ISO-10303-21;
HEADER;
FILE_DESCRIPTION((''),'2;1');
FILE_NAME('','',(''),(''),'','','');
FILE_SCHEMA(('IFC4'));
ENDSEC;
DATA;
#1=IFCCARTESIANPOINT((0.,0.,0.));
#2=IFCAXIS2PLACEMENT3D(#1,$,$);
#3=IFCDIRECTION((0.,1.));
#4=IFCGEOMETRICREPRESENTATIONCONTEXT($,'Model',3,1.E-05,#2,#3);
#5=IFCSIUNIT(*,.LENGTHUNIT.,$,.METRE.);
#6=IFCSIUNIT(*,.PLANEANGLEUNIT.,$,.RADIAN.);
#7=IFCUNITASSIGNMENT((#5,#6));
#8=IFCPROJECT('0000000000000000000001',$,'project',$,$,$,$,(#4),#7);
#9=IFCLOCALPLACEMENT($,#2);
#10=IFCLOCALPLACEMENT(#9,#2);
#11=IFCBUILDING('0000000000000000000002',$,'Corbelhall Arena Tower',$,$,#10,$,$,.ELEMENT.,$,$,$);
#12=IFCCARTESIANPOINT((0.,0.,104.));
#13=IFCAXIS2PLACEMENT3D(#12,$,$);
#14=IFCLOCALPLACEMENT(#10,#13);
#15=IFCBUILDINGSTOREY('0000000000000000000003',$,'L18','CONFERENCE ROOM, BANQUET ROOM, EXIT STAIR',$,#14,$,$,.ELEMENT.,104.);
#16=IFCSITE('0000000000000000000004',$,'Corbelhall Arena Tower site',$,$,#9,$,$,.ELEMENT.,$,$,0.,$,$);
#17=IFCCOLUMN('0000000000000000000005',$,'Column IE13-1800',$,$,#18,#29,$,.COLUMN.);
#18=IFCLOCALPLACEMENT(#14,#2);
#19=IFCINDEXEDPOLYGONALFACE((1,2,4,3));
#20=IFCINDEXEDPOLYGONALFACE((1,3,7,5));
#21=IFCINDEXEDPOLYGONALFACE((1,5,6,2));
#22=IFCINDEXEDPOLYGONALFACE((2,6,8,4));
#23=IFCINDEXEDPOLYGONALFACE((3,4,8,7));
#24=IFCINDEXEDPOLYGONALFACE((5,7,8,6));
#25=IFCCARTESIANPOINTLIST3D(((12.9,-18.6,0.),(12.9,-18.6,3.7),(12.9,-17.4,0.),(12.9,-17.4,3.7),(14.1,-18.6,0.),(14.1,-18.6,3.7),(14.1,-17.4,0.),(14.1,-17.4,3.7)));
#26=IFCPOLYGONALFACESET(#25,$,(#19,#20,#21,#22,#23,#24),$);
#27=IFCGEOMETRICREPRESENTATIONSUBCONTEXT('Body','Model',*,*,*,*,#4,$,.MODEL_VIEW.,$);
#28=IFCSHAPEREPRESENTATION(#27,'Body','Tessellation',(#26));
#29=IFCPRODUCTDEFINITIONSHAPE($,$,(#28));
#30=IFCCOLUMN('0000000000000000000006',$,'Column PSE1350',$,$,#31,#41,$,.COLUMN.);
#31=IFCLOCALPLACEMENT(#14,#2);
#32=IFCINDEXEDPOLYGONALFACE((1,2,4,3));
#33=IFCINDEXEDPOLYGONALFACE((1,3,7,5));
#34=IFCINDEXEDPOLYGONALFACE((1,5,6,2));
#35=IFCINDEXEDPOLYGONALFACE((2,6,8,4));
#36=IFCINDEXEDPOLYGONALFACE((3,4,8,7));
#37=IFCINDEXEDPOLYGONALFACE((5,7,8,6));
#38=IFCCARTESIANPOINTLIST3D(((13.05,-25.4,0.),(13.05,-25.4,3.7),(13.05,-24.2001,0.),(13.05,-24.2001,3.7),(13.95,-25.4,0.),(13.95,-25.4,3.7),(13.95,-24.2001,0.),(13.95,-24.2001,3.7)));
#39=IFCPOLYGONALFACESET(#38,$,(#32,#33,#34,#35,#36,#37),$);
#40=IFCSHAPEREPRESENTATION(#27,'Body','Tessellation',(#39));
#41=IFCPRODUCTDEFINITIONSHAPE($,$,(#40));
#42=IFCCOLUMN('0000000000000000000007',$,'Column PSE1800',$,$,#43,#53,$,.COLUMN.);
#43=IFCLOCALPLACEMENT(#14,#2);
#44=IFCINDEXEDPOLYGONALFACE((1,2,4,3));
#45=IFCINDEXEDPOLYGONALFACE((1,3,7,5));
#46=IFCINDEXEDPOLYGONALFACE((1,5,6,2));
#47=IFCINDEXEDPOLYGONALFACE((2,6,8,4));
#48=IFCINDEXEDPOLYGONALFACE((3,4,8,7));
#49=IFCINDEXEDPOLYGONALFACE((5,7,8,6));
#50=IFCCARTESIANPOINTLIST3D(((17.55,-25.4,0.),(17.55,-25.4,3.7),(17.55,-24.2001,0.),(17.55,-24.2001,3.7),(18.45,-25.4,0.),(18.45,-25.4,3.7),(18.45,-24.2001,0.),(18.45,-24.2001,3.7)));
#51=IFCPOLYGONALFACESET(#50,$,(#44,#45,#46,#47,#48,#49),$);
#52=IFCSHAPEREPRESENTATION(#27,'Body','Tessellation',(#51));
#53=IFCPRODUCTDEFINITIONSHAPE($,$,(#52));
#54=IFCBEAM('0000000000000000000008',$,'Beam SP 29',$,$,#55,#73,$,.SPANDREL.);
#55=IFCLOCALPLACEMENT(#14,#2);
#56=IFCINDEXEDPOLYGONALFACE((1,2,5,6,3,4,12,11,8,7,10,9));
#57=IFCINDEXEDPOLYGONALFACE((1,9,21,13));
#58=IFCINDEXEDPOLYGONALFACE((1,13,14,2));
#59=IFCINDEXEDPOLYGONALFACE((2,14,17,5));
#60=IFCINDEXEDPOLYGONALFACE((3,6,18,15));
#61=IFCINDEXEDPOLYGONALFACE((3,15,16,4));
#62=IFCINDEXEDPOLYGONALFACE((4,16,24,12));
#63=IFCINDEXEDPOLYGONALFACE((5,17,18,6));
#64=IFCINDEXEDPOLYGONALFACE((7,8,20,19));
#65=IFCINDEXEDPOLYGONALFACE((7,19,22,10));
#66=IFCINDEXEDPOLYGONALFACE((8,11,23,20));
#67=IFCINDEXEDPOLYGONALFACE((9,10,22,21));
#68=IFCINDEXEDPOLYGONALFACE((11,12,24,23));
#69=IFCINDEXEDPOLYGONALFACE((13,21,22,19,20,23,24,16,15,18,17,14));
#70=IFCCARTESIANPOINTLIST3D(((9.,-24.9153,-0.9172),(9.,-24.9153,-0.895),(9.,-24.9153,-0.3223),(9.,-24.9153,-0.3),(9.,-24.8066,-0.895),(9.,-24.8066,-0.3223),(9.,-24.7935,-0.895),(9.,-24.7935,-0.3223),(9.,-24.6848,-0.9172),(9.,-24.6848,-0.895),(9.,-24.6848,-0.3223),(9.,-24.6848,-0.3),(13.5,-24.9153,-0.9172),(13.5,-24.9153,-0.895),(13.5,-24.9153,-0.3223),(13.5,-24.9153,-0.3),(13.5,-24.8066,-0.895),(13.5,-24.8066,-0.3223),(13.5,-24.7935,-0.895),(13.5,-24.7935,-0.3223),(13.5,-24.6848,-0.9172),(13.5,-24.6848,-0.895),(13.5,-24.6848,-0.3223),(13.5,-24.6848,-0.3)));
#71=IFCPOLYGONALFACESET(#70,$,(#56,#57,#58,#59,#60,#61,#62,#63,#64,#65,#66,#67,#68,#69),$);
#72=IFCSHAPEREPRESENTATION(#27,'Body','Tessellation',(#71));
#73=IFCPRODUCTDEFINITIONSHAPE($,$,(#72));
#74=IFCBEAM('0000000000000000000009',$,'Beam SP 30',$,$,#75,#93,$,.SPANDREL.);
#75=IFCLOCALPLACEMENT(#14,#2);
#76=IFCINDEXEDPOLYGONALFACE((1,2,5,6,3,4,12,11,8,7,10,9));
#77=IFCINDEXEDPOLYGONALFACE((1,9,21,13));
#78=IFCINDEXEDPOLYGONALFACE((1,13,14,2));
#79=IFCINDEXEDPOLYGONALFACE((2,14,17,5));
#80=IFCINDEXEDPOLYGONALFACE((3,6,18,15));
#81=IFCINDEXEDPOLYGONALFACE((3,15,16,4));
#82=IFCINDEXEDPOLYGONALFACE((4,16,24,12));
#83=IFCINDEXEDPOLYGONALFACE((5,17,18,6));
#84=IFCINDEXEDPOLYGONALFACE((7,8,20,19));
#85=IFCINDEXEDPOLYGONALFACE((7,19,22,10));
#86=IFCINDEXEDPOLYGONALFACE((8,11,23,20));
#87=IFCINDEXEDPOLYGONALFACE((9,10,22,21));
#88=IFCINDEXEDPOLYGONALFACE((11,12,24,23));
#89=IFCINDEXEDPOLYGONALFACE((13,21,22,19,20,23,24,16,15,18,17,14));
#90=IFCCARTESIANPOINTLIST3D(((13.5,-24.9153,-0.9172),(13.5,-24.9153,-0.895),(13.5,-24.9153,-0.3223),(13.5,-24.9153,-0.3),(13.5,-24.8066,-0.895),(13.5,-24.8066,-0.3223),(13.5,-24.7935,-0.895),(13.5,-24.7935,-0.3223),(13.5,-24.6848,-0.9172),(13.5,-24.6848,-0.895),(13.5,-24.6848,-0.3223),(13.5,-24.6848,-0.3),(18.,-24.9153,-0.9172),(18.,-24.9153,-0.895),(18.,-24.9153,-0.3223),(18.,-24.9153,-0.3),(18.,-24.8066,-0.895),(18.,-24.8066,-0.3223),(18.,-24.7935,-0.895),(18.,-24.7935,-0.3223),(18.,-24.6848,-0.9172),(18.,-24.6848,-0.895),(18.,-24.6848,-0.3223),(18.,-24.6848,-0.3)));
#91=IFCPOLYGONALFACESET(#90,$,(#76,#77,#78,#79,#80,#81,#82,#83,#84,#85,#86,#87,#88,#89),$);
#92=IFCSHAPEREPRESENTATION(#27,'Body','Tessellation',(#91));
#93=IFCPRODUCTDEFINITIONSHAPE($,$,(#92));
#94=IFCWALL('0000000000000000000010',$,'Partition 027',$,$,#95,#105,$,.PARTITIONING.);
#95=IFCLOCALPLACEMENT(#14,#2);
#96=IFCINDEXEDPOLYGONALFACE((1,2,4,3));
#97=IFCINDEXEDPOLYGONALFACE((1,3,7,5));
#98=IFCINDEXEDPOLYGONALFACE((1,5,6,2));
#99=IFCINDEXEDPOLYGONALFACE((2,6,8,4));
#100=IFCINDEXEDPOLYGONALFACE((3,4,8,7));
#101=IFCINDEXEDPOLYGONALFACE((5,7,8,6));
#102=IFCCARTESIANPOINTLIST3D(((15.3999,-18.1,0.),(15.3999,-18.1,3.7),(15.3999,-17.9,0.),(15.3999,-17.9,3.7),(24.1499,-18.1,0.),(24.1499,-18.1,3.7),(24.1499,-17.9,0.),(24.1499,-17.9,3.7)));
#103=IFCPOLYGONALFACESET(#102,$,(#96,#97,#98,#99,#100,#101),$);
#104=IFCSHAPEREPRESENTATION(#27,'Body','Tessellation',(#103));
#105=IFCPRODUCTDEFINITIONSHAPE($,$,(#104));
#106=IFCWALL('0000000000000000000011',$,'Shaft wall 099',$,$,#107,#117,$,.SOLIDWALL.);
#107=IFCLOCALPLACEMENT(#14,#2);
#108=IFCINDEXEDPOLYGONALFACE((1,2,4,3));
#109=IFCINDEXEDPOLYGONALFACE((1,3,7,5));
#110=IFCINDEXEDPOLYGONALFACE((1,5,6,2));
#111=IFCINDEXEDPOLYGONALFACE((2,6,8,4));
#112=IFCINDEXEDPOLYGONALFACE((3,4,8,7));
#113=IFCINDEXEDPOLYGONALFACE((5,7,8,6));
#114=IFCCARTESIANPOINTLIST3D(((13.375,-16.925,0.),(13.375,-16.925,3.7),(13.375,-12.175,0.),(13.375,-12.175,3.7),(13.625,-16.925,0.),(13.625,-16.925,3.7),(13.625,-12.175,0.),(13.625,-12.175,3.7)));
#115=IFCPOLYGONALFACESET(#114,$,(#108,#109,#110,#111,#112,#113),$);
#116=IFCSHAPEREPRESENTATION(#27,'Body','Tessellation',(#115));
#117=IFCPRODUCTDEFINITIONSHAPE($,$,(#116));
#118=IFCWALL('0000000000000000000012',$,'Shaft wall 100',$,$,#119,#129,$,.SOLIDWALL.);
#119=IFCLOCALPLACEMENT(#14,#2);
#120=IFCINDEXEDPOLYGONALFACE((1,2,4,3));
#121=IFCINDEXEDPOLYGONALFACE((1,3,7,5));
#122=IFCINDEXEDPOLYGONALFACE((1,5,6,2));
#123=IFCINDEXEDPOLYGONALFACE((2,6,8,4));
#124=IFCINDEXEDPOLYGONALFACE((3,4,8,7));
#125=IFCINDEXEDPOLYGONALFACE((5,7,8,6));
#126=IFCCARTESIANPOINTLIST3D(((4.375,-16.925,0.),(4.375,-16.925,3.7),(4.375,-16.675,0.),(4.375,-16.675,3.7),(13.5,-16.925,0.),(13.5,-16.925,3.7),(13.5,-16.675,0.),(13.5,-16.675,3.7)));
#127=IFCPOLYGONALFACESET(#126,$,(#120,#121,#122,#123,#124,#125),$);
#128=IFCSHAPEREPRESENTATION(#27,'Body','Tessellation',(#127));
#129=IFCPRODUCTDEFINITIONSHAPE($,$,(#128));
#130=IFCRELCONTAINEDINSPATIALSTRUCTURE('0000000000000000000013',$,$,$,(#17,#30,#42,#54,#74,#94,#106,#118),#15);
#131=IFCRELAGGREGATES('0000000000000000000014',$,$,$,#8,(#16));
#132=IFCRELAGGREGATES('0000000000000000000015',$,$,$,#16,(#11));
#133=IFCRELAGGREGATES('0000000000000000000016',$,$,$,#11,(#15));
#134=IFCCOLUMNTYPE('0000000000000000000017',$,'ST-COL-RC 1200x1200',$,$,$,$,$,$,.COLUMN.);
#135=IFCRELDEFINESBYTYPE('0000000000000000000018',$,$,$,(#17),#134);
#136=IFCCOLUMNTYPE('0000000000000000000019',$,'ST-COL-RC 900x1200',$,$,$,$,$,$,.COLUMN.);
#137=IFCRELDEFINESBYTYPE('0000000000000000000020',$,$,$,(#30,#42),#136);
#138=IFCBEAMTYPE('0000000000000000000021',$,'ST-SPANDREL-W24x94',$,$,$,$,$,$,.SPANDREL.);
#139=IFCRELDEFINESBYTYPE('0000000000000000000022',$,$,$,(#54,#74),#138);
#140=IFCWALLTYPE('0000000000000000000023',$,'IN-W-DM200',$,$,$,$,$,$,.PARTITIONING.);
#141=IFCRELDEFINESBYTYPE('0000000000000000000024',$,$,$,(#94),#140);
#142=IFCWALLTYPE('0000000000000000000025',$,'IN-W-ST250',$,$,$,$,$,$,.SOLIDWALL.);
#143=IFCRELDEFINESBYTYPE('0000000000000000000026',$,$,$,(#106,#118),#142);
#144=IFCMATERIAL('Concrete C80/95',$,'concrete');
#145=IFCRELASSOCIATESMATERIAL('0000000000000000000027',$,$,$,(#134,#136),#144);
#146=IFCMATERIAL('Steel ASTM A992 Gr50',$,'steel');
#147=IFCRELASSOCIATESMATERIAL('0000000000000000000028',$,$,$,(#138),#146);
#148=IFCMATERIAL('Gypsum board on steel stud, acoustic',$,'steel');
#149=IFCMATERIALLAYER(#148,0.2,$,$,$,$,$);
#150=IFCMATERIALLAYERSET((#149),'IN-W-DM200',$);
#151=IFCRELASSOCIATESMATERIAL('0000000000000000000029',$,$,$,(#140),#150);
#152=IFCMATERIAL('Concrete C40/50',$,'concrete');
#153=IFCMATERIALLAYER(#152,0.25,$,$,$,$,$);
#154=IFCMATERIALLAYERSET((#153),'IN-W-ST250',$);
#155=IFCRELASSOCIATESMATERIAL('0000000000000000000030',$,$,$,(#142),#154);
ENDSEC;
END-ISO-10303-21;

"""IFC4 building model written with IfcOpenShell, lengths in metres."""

from ifc_helpers import new_model, si_unit, direction, frame, frame_2d, origin, origin_2d, place, context, subcontext, project, spatial, rectangle, i_section, extrude, material, layer, layer_set, material_profile, profile_set, type_object, element, save


model = new_model("IFC4")

# Units and contexts
model_context = context("Model", 3, precision=1e-05, world=origin(), true_north=direction((0.0, 1.0)))
body_context = subcontext(model_context, "Body", "Model", "MODEL_VIEW")
ifc_project = project(units=[si_unit("LENGTHUNIT", "METRE"), si_unit("PLANEANGLEUNIT", "RADIAN")], contexts=[model_context])

# Site, building, storey
site_placement = place(None, origin())
site = spatial("IfcSite", under=ifc_project, at=site_placement, Name="Corbelhall Arena Tower site", CompositionType="ELEMENT", RefElevation=0.0)
building_placement = place(site_placement, origin())
building = spatial("IfcBuilding", under=site, at=building_placement, Name="Corbelhall Arena Tower", CompositionType="ELEMENT")
storey_placement = place(building_placement, frame((0.0, 0.0, 104.0)))
storey = spatial("IfcBuildingStorey", under=building, at=storey_placement, Name="L18", Description="CONFERENCE ROOM, BANQUET ROOM, EXIT STAIR", CompositionType="ELEMENT", Elevation=104.0)

# Columns
ifc_material_1 = material(Name="Concrete C80/95", Category="concrete")
ifc_material_profile_1 = material_profile(ifc_material_1, rectangle(XDim=1.2, YDim=1.2, at=origin_2d()))
ifc_profile_set_1 = profile_set([ifc_material_profile_1], Name="Concrete C80/95")
column_type_1 = type_object("IfcColumnType", Name="ST-COL-RC 1200x1200", PredefinedType="COLUMN", material=ifc_profile_set_1)
column_placement = place(storey_placement, frame((13.5, -18.0, 0.0), z_axis=(0.0, 0.0, 1.0), x_axis=(1.0, 0.0, 0.0)))
element("IfcColumn", 1, at=column_placement, inside=storey, type_object=column_type_1, Name="Column IE13-1800", PredefinedType="COLUMN", context=body_context, shape_type="SweptSolid", body=[
    extrude(rectangle(XDim=1.2, YDim=1.2, at=origin_2d()), origin(), (0.0, 0.0, 1.0), 3.7),
])
ifc_material_profile_2 = material_profile(ifc_material_1, rectangle(XDim=0.8999, YDim=1.2, at=origin_2d()))
ifc_profile_set_2 = profile_set([ifc_material_profile_2], Name="Concrete C80/95")
column_type_2 = type_object("IfcColumnType", Name="ST-COL-RC 900x1200", PredefinedType="COLUMN", material=ifc_profile_set_2)
for number, where, z_axis, x_axis, name in (
    (2, (13.5, -24.8, 0.0), (0.0, 0.0, 1.0), (1.0, 0.0, 0.0), "Column PSE1350"),
    (3, (18.0, -24.8, 0.0), (0.0, 0.0, 1.0), (1.0, 0.0, 0.0), "Column PSE1800"),
):
    element("IfcColumn", number, at=place(storey_placement, frame(where, z_axis=z_axis, x_axis=x_axis)), inside=storey, type_object=column_type_2, Name=name, PredefinedType="COLUMN", context=body_context, shape_type="SweptSolid", body=[
        extrude(rectangle(XDim=0.8999, YDim=1.2, at=origin_2d()), origin(), (0.0, 0.0, 1.0), 3.7),
    ])

# Beams
ifc_material_2 = material(Name="Steel ASTM A992 Gr50", Category="steel")
ifc_material_profile_3 = material_profile(ifc_material_2, i_section(OverallWidth=0.2305, OverallDepth=0.6172, WebThickness=0.0132, FlangeThickness=0.0222, at=origin_2d()))
ifc_profile_set_3 = profile_set([ifc_material_profile_3], Name="Steel ASTM A992 Gr50")
beam_type = type_object("IfcBeamType", Name="ST-SPANDREL-W24x94", PredefinedType="SPANDREL", material=ifc_profile_set_3)
for number, where, z_axis, x_axis, name in (
    (4, (13.5, -24.8, -0.6086), (-1.0, 0.0, 0.0), (0.0, -1.0, 0.0), "Beam SP 29"),
    (5, (18.0, -24.8, -0.6086), (-1.0, 0.0, 0.0), (0.0, -1.0, 0.0), "Beam SP 30"),
):
    element("IfcBeam", number, at=place(storey_placement, frame(where, z_axis=z_axis, x_axis=x_axis)), inside=storey, type_object=beam_type, Name=name, PredefinedType="SPANDREL", context=body_context, shape_type="SweptSolid", body=[
        extrude(i_section(OverallWidth=0.2305, OverallDepth=0.6172, WebThickness=0.0132, FlangeThickness=0.0222, at=origin_2d()), origin(), (0.0, 0.0, 1.0), 4.5),
    ])

# Shared definitions
ifc_material_3 = material(Name="Gypsum board on steel stud, acoustic", Category="steel")
ifc_layer_1 = layer(ifc_material_3, 0.2)
ifc_layer_set_1 = layer_set([ifc_layer_1], Name="IN-W-DM200")
wall_type_1 = type_object("IfcWallType", Name="IN-W-DM200", PredefinedType="PARTITIONING", material=ifc_layer_set_1)

# Walls
wall_1_placement = place(storey_placement, frame((15.3999, -18.0, 0.0), z_axis=(0.0, 0.0, 1.0), x_axis=(1.0, 0.0, 0.0)))
element("IfcWall", 6, at=wall_1_placement, inside=storey, type_object=wall_type_1, Name="Partition 027", PredefinedType="PARTITIONING", context=body_context, shape_type="SweptSolid", body=[
    extrude(rectangle(XDim=8.75, YDim=0.2, at=frame_2d((4.375, 0.0))), origin(), (0.0, 0.0, 1.0), 3.7),
])
ifc_material_4 = material(Name="Concrete C40/50", Category="concrete")
ifc_layer_2 = layer(ifc_material_4, 0.25)
ifc_layer_set_2 = layer_set([ifc_layer_2], Name="IN-W-ST250")
wall_type_2 = type_object("IfcWallType", Name="IN-W-ST250", PredefinedType="SOLIDWALL", material=ifc_layer_set_2)
wall_2_placement = place(storey_placement, frame((13.5, -16.925, 0.0), z_axis=(0.0, 0.0, 1.0), x_axis=(0.0, 1.0, 0.0)))
element("IfcWall", 7, at=wall_2_placement, inside=storey, type_object=wall_type_2, Name="Shaft wall 099", PredefinedType="SOLIDWALL", context=body_context, shape_type="SweptSolid", body=[
    extrude(rectangle(XDim=4.75, YDim=0.25, at=frame_2d((2.375, 0.0))), origin(), (0.0, 0.0, 1.0), 3.7),
])
wall_3_placement = place(storey_placement, frame((13.5, -16.8, 0.0), z_axis=(0.0, 0.0, 1.0), x_axis=(-1.0, 0.0, 0.0)))
element("IfcWall", 8, at=wall_3_placement, inside=storey, type_object=wall_type_2, Name="Shaft wall 100", PredefinedType="SOLIDWALL", context=body_context, shape_type="SweptSolid", body=[
    extrude(rectangle(XDim=9.125, YDim=0.25, at=frame_2d((4.5625, 0.0))), origin(), (0.0, 0.0, 1.0), 3.7),
])

save(model, "model.ifc")
